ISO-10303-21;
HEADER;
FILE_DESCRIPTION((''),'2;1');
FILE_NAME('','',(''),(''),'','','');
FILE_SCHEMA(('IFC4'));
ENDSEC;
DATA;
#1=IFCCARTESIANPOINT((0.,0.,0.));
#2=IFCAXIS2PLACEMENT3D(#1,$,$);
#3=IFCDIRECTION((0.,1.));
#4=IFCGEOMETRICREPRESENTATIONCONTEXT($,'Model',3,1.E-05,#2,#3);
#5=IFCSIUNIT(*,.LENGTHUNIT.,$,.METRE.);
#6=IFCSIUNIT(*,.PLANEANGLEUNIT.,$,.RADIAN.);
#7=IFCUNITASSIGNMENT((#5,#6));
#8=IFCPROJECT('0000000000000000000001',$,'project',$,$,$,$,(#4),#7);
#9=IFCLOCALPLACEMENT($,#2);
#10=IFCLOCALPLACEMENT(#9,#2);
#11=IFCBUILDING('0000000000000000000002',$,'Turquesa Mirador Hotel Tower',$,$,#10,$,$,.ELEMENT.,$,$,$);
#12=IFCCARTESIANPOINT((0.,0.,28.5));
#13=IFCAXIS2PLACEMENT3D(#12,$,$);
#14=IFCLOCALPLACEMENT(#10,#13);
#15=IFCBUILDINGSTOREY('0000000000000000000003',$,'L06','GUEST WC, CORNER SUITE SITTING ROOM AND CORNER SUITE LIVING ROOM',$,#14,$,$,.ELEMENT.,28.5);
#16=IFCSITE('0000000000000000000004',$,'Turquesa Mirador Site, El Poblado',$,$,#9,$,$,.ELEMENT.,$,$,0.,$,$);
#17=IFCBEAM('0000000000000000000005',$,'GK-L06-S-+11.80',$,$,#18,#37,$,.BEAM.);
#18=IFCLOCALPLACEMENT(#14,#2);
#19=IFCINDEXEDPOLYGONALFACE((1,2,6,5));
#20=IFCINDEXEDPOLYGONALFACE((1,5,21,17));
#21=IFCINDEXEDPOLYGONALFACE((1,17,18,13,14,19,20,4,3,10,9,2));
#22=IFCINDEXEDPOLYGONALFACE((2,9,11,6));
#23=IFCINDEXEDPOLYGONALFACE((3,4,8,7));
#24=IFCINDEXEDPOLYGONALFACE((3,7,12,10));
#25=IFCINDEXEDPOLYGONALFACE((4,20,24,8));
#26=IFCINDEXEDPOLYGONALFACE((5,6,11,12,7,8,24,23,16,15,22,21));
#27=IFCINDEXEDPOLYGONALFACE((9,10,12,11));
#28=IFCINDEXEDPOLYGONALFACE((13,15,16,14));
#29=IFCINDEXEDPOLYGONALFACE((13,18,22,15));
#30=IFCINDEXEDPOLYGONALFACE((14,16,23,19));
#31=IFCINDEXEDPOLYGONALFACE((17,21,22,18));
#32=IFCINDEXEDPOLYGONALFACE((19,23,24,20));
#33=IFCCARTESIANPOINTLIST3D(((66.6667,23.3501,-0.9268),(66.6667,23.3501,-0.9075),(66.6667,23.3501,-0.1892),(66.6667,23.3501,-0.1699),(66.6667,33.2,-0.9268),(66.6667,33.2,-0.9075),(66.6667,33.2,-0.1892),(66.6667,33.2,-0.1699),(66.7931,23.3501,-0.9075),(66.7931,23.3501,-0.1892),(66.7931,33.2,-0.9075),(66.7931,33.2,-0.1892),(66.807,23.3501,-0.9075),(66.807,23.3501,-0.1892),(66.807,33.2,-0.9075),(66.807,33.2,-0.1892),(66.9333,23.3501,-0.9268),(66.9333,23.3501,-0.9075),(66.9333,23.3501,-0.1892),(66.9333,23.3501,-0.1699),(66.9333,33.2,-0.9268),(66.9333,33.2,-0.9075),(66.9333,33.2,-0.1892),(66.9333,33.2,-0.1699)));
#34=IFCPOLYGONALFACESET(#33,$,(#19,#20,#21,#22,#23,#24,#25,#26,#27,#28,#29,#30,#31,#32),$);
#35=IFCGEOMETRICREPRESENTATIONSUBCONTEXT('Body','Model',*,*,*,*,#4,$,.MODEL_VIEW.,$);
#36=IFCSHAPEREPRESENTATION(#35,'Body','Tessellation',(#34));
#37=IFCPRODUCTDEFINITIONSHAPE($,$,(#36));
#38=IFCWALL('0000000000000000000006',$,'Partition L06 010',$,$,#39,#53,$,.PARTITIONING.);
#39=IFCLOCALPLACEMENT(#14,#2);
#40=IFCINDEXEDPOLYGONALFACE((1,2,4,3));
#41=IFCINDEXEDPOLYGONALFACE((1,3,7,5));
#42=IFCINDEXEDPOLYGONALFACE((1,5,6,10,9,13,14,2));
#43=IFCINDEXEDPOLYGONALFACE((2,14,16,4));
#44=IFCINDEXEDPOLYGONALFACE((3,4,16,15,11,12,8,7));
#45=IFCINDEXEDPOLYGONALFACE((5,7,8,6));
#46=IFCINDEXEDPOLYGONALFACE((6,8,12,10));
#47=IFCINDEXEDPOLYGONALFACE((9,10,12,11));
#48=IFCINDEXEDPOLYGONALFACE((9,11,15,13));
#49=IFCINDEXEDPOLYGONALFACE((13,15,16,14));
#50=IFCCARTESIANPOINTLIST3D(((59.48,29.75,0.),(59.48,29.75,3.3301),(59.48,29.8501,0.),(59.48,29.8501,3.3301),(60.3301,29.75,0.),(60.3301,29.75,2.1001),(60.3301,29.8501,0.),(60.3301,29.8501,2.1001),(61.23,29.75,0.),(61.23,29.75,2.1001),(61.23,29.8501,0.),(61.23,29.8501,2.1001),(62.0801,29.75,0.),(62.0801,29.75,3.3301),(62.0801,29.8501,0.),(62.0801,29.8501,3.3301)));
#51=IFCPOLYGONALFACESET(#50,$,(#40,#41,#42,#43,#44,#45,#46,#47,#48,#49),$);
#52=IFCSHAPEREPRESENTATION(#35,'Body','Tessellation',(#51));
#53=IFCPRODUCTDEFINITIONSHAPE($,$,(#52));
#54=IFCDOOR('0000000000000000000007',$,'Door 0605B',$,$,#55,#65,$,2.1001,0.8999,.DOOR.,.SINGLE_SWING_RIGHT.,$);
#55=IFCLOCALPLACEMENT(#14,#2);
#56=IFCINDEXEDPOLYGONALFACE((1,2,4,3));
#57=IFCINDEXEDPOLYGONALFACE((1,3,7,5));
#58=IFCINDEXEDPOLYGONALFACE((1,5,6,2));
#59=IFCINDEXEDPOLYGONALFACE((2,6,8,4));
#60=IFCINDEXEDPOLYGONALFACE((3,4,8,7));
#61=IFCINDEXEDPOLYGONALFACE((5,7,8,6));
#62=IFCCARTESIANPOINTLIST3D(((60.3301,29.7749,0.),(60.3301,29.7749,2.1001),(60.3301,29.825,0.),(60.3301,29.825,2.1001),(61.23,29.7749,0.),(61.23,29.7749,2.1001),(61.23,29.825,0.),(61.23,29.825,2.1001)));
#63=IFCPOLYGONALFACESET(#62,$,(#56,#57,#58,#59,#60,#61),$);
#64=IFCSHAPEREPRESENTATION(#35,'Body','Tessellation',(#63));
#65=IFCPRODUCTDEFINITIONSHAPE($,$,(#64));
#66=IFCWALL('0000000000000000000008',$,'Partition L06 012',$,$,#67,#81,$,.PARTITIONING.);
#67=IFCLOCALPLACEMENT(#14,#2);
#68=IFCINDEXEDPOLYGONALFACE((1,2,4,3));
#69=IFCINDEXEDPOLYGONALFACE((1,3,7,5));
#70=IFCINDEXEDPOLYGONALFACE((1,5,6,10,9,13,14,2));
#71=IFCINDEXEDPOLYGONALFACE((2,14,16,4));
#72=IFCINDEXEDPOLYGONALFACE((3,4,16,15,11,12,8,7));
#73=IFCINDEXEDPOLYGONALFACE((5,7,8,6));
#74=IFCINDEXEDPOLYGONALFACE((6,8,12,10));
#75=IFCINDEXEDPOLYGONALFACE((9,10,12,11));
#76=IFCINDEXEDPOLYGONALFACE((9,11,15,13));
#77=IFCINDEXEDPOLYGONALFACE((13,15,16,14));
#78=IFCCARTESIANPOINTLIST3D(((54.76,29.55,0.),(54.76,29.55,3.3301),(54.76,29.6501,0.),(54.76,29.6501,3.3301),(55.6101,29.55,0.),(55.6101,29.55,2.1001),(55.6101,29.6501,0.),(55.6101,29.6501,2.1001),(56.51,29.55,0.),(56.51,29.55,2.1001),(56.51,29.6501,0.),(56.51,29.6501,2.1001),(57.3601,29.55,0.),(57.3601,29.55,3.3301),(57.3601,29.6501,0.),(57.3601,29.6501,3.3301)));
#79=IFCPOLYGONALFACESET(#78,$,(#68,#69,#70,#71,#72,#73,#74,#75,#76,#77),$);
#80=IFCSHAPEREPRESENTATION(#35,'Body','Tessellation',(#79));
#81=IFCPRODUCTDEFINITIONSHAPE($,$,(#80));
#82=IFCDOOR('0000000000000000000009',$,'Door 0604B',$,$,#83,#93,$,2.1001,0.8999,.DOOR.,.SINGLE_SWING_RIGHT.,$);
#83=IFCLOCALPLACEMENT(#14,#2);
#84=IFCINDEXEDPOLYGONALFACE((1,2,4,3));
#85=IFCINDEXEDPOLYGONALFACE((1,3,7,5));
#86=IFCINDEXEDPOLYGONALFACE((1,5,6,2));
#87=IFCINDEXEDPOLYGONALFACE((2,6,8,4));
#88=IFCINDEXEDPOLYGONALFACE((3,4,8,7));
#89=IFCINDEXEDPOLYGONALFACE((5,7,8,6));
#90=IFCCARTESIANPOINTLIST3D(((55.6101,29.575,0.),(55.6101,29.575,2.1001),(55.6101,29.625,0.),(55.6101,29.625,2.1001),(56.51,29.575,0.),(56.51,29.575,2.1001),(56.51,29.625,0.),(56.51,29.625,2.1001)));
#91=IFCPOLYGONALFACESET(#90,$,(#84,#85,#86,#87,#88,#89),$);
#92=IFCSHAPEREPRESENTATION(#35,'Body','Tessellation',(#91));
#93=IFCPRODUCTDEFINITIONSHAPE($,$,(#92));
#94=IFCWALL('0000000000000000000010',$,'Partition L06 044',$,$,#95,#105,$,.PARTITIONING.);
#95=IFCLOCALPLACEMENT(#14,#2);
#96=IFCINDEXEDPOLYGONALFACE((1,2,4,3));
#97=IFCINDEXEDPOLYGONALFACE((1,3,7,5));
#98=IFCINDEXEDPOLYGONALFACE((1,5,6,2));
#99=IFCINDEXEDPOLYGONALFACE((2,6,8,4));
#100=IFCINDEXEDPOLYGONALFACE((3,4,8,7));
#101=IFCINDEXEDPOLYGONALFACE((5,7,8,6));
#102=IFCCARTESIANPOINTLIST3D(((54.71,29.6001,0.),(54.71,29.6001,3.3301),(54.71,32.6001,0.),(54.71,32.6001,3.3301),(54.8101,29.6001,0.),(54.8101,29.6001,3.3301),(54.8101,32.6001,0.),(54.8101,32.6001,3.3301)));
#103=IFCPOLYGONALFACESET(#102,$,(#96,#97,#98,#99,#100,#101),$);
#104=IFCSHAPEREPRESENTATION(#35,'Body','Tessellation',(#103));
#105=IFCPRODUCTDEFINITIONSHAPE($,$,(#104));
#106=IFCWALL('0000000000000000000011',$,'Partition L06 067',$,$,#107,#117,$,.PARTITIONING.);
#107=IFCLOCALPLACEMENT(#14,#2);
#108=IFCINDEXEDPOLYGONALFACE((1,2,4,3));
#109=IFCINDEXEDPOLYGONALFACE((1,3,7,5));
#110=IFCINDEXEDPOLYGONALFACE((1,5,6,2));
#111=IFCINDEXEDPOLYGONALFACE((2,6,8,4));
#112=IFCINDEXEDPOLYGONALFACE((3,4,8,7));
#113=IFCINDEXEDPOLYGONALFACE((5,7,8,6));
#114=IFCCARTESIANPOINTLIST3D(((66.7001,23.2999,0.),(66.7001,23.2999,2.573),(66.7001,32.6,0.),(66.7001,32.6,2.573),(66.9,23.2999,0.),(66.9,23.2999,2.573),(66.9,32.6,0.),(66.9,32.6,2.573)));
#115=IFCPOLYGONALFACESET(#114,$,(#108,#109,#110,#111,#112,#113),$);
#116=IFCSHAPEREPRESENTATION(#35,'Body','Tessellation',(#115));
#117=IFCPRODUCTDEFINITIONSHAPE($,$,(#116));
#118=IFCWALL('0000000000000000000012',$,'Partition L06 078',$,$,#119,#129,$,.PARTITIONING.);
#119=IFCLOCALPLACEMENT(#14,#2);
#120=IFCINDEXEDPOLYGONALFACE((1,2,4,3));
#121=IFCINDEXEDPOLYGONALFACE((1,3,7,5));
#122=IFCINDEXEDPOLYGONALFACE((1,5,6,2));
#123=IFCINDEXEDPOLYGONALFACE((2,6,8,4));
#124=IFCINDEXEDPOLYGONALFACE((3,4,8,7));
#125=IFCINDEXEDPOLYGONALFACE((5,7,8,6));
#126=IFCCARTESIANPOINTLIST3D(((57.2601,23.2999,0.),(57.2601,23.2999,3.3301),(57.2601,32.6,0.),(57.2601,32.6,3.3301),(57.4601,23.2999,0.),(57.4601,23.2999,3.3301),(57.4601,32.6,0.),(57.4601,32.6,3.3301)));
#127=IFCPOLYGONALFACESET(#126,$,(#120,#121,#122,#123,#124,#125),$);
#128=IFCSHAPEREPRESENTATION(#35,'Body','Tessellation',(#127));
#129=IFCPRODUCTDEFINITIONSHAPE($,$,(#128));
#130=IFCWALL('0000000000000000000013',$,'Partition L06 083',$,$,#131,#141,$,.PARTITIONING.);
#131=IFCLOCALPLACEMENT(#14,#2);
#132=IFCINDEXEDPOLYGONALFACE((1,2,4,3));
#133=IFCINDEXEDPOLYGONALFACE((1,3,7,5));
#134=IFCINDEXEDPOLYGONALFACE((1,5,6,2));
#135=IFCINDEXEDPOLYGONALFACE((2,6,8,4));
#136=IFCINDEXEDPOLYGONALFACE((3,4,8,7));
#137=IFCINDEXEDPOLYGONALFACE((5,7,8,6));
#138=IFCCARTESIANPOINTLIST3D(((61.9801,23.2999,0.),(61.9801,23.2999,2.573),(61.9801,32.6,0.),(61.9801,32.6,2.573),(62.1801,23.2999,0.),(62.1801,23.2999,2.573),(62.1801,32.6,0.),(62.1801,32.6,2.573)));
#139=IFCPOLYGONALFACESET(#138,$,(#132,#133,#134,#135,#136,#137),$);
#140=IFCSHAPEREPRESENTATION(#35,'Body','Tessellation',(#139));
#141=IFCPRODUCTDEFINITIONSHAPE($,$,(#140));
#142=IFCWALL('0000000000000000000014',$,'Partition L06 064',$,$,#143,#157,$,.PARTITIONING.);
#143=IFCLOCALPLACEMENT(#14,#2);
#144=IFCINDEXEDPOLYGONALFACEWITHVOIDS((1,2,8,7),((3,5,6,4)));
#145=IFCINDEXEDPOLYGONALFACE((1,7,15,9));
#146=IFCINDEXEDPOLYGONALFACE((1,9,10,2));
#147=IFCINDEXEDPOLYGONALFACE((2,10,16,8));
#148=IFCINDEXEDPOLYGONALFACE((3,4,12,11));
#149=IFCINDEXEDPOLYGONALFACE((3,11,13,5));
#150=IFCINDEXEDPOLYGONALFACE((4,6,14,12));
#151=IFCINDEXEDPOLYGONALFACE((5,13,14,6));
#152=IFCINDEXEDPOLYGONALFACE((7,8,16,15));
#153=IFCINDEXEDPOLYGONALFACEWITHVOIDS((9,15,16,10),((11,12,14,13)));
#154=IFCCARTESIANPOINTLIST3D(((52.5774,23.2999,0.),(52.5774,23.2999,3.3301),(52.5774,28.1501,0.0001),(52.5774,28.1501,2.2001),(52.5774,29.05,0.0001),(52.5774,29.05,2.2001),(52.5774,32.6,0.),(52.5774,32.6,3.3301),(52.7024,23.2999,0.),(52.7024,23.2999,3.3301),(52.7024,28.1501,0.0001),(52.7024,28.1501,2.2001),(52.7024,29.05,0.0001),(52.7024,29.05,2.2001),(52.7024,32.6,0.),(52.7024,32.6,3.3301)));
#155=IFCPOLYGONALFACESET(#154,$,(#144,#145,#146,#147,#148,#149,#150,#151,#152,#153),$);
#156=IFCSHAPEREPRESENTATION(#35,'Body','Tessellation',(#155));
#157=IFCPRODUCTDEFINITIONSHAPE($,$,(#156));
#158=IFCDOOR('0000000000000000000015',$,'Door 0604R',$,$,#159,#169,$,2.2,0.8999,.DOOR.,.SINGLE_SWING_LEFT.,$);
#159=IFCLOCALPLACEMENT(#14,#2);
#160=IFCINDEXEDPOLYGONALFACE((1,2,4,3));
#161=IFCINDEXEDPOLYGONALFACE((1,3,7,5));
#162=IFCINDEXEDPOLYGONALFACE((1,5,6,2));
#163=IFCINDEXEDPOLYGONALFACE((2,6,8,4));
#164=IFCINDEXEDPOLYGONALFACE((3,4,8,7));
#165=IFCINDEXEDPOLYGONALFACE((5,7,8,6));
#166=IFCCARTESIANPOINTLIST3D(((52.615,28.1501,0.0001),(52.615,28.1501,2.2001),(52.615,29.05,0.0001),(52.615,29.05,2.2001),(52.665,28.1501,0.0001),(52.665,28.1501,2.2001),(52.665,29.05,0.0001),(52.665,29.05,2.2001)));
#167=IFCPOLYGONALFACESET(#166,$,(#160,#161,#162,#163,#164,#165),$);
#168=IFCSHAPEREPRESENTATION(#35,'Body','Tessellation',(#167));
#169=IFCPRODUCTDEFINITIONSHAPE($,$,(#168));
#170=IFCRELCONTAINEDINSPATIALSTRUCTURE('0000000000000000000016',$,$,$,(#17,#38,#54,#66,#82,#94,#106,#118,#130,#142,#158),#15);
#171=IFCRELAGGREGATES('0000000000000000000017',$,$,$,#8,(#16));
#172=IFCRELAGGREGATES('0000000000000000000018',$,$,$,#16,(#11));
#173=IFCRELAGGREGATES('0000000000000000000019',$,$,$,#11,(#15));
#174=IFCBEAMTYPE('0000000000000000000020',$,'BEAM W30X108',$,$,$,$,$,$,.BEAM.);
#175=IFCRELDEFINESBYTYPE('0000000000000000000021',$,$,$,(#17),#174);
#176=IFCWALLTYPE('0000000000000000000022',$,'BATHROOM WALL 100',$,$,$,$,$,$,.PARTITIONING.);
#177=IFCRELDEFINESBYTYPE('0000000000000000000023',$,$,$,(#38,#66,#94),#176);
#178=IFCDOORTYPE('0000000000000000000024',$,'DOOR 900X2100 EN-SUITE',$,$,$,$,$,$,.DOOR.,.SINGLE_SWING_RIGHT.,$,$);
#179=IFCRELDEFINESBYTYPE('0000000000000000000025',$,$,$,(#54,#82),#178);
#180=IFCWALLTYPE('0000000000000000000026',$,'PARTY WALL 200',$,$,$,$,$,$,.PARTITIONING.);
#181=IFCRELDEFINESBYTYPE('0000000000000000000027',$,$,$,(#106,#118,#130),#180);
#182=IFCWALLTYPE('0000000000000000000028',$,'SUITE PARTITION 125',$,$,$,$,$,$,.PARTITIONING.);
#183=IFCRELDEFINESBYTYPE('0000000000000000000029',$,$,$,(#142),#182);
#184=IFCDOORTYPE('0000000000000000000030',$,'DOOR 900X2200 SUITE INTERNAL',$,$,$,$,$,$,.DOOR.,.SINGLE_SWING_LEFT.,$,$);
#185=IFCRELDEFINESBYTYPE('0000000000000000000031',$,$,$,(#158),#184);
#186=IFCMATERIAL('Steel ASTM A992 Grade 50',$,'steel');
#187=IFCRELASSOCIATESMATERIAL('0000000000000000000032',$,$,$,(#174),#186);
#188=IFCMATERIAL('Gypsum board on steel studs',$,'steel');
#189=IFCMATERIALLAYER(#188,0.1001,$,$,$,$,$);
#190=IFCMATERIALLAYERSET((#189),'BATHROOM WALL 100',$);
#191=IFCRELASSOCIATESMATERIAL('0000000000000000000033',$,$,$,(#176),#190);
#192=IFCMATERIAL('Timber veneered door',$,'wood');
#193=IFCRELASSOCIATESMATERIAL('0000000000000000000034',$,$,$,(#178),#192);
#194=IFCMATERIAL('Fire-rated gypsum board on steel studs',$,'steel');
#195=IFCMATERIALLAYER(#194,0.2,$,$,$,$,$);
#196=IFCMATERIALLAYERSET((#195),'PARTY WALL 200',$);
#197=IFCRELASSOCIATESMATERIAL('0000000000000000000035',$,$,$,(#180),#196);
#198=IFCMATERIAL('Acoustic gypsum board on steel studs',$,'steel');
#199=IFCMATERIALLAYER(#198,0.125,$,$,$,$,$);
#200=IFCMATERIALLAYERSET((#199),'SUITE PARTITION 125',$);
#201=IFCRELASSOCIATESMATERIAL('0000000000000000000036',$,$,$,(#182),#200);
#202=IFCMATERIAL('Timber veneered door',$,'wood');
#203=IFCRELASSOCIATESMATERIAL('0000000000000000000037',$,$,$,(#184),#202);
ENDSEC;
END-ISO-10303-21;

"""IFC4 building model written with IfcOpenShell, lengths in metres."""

from ifc_helpers import new_model, si_unit, direction, frame, frame_2d, origin, origin_2d, place, context, subcontext, project, spatial, rectangle, i_section, extrude, material, layer, layer_set, material_profile, profile_set, type_object, element, fill, save


model = new_model("IFC4")

# Units and contexts
model_context = context("Model", 3, precision=1e-05, world=origin(), true_north=direction((0.0, 1.0)))
body_context = subcontext(model_context, "Body", "Model", "MODEL_VIEW")
ifc_project = project(units=[si_unit("LENGTHUNIT", "METRE"), si_unit("PLANEANGLEUNIT", "RADIAN")], contexts=[model_context])

# Site, building, storey
site_placement = place(None, origin())
site = spatial("IfcSite", under=ifc_project, at=site_placement, Name="Turquesa Mirador Site, El Poblado", CompositionType="ELEMENT", RefElevation=0.0)
building_placement = place(site_placement, origin())
building = spatial("IfcBuilding", under=site, at=building_placement, Name="Turquesa Mirador Hotel Tower", CompositionType="ELEMENT")
storey_placement = place(building_placement, frame((0.0, 0.0, 28.5)))
storey = spatial("IfcBuildingStorey", under=building, at=storey_placement, Name="L06", Description="GUEST WC, CORNER SUITE SITTING ROOM AND CORNER SUITE LIVING ROOM", CompositionType="ELEMENT", Elevation=28.5)

# Beam
ifc_material_1 = material(Name="Steel ASTM A992 Grade 50", Category="steel")
ifc_material_profile_1 = material_profile(ifc_material_1, i_section(OverallWidth=0.2666, OverallDepth=0.7568, WebThickness=0.0139, FlangeThickness=0.0193, at=origin_2d()), Name="W30X108")
ifc_profile_set_1 = profile_set([ifc_material_profile_1], Name="Steel ASTM A992 Grade 50")
beam_type_1 = type_object("IfcBeamType", Name="BEAM W30X108", PredefinedType="BEAM", material=ifc_profile_set_1)
beam_1_placement = place(storey_placement, frame((66.8, 23.3501, -0.5483), z_axis=(0.0, 1.0, 0.0), x_axis=(-1.0, 0.0, 0.0)))
element("IfcBeam", 1, at=beam_1_placement, inside=storey, type_object=beam_type_1, Name="GK-L06-S-+11.80", PredefinedType="BEAM", context=body_context, shape_type="SweptSolid", body=[
    extrude(i_section(OverallWidth=0.2666, OverallDepth=0.7568, WebThickness=0.0139, FlangeThickness=0.0193, at=origin_2d()), origin(), (0.0, 0.0, 1.0), 9.8499),
])

# Walls, openings, doors
ifc_material_2 = material(Name="Gypsum board on steel studs", Category="steel")
ifc_layer_1 = layer(ifc_material_2, 0.1001)
ifc_layer_set_1 = layer_set([ifc_layer_1], Name="BATHROOM WALL 100")
wall_type_1 = type_object("IfcWallType", Name="BATHROOM WALL 100", PredefinedType="PARTITIONING", material=ifc_layer_set_1)
wall_1_placement = place(storey_placement, frame((59.48, 29.8, 0.0), z_axis=(0.0, 0.0, 1.0), x_axis=(1.0, 0.0, 0.0)))
wall_1 = element("IfcWall", 2, at=wall_1_placement, inside=storey, type_object=wall_type_1, Name="Partition L06 010", PredefinedType="PARTITIONING", context=body_context, shape_type="SweptSolid", body=[
    extrude(rectangle(XDim=2.6001, YDim=0.1001, at=frame_2d((1.3, 0.0))), origin(), (0.0, 0.0, 1.0), 3.3301),
])
opening_1_placement = place(wall_1_placement, frame((0.8501, 0.0, 0.0)))
opening_1 = element("IfcOpeningElement", 3, at=opening_1_placement, cuts=wall_1, PredefinedType="OPENING", context=body_context, shape_type="SweptSolid", body=[
    extrude(rectangle(XDim=0.8999, YDim=2.1001, at=frame_2d((0.45, 1.05))), frame((0.0, 0.0601, 0.0), z_axis=(0.0, -1.0, 0.0), x_axis=(1.0, 0.0, 0.0)), (0.0, 0.0, 1.0), 0.1201),
])
ifc_material_3 = material(Name="Timber veneered door", Category="wood")
door_type_1 = type_object("IfcDoorType", Name="DOOR 900X2100 EN-SUITE", OperationType="SINGLE_SWING_RIGHT", PredefinedType="DOOR", material=ifc_material_3)
door_1_placement = place(opening_1_placement, origin())
door_1 = element("IfcDoor", 4, at=door_1_placement, inside=storey, type_object=door_type_1, Name="Door 0605B", OperationType="SINGLE_SWING_RIGHT", OverallHeight=2.1001, OverallWidth=0.8999, PredefinedType="DOOR", context=body_context, shape_type="SweptSolid", body=[
    extrude(rectangle(XDim=0.8999, YDim=2.1001, at=frame_2d((0.45, 1.05))), frame((0.0, 0.0249, 0.0), z_axis=(0.0, -1.0, 0.0), x_axis=(1.0, 0.0, 0.0)), (0.0, 0.0, 1.0), 0.05),
])
fill(opening_1, door_1)
wall_2_placement = place(storey_placement, frame((54.76, 29.6001, 0.0), z_axis=(0.0, 0.0, 1.0), x_axis=(1.0, 0.0, 0.0)))
wall_2 = element("IfcWall", 5, at=wall_2_placement, inside=storey, type_object=wall_type_1, Name="Partition L06 012", PredefinedType="PARTITIONING", context=body_context, shape_type="SweptSolid", body=[
    extrude(rectangle(XDim=2.6001, YDim=0.1001, at=frame_2d((1.3, 0.0))), origin(), (0.0, 0.0, 1.0), 3.3301),
])
opening_2_placement = place(wall_2_placement, frame((0.8501, 0.0, 0.0)))
opening_2 = element("IfcOpeningElement", 6, at=opening_2_placement, cuts=wall_2, PredefinedType="OPENING", context=body_context, shape_type="SweptSolid", body=[
    extrude(rectangle(XDim=0.8999, YDim=2.1001, at=frame_2d((0.45, 1.05))), frame((0.0, 0.0601, 0.0), z_axis=(0.0, -1.0, 0.0), x_axis=(1.0, 0.0, 0.0)), (0.0, 0.0, 1.0), 0.1201),
])
door_2_placement = place(opening_2_placement, origin())
door_2 = element("IfcDoor", 7, at=door_2_placement, inside=storey, type_object=door_type_1, Name="Door 0604B", OperationType="SINGLE_SWING_RIGHT", OverallHeight=2.1001, OverallWidth=0.8999, PredefinedType="DOOR", context=body_context, shape_type="SweptSolid", body=[
    extrude(rectangle(XDim=0.8999, YDim=2.1001, at=frame_2d((0.45, 1.05))), frame((0.0, 0.0249, 0.0), z_axis=(0.0, -1.0, 0.0), x_axis=(1.0, 0.0, 0.0)), (0.0, 0.0, 1.0), 0.05),
])
fill(opening_2, door_2)

# Walls
wall_3_placement = place(storey_placement, frame((54.76, 29.6001, 0.0), z_axis=(0.0, 0.0, 1.0), x_axis=(0.0, 1.0, 0.0)))
element("IfcWall", 8, at=wall_3_placement, inside=storey, type_object=wall_type_1, Name="Partition L06 044", PredefinedType="PARTITIONING", context=body_context, shape_type="SweptSolid", body=[
    extrude(rectangle(XDim=3.0, YDim=0.1001, at=frame_2d((1.5, 0.0))), origin(), (0.0, 0.0, 1.0), 3.3301),
])
ifc_material_4 = material(Name="Fire-rated gypsum board on steel studs", Category="steel")
ifc_layer_2 = layer(ifc_material_4, 0.2)
ifc_layer_set_2 = layer_set([ifc_layer_2], Name="PARTY WALL 200")
wall_type_2 = type_object("IfcWallType", Name="PARTY WALL 200", PredefinedType="PARTITIONING", material=ifc_layer_set_2)
wall_4_placement = place(storey_placement, frame((66.8, 23.3, 0.0), z_axis=(0.0, 0.0, 1.0), x_axis=(0.0, 1.0, 0.0)))
element("IfcWall", 9, at=wall_4_placement, inside=storey, type_object=wall_type_2, Name="Partition L06 067", PredefinedType="PARTITIONING", context=body_context, shape_type="SweptSolid", body=[
    extrude(rectangle(XDim=9.3, YDim=0.2, at=frame_2d((4.6499, 0.0))), origin(), (0.0, 0.0, 1.0), 2.573),
])
wall_5_placement = place(storey_placement, frame((57.3601, 23.3, 0.0), z_axis=(0.0, 0.0, 1.0), x_axis=(0.0, 1.0, 0.0)))
element("IfcWall", 10, at=wall_5_placement, inside=storey, type_object=wall_type_2, Name="Partition L06 078", PredefinedType="PARTITIONING", context=body_context, shape_type="SweptSolid", body=[
    extrude(rectangle(XDim=9.3, YDim=0.2, at=frame_2d((4.6499, 0.0))), origin(), (0.0, 0.0, 1.0), 3.3301),
])
wall_6_placement = place(storey_placement, frame((62.0801, 23.3, 0.0), z_axis=(0.0, 0.0, 1.0), x_axis=(0.0, 1.0, 0.0)))
element("IfcWall", 11, at=wall_6_placement, inside=storey, type_object=wall_type_2, Name="Partition L06 083", PredefinedType="PARTITIONING", context=body_context, shape_type="SweptSolid", body=[
    extrude(rectangle(XDim=9.3, YDim=0.2, at=frame_2d((4.6499, 0.0))), origin(), (0.0, 0.0, 1.0), 2.573),
])

# Wall, opening, door
ifc_material_5 = material(Name="Acoustic gypsum board on steel studs", Category="steel")
ifc_layer_3 = layer(ifc_material_5, 0.125)
ifc_layer_set_3 = layer_set([ifc_layer_3], Name="SUITE PARTITION 125")
wall_type_3 = type_object("IfcWallType", Name="SUITE PARTITION 125", PredefinedType="PARTITIONING", material=ifc_layer_set_3)
wall_7_placement = place(storey_placement, frame((52.6399, 23.3, 0.0), z_axis=(0.0, 0.0, 1.0), x_axis=(0.0, 1.0, 0.0)))
wall_7 = element("IfcWall", 12, at=wall_7_placement, inside=storey, type_object=wall_type_3, Name="Partition L06 064", PredefinedType="PARTITIONING", context=body_context, shape_type="SweptSolid", body=[
    extrude(rectangle(XDim=9.3, YDim=0.125, at=frame_2d((4.6499, 0.0))), origin(), (0.0, 0.0, 1.0), 3.3301),
])
opening_3_placement = place(wall_7_placement, frame((4.8501, 0.0, 0.0)))
opening_3 = element("IfcOpeningElement", 13, at=opening_3_placement, cuts=wall_7, PredefinedType="OPENING", context=body_context, shape_type="SweptSolid", body=[
    extrude(rectangle(XDim=0.8999, YDim=2.2, at=frame_2d((0.45, 1.1001))), frame((0.0, 0.0725, 0.0), z_axis=(0.0, -1.0, 0.0), x_axis=(1.0, 0.0, 0.0)), (0.0, 0.0, 1.0), 0.145),
])
ifc_material_6 = material(Name="Timber veneered door", Category="wood")
door_type_2 = type_object("IfcDoorType", Name="DOOR 900X2200 SUITE INTERNAL", OperationType="SINGLE_SWING_LEFT", PredefinedType="DOOR", material=ifc_material_6)
door_3_placement = place(opening_3_placement, origin())
door_3 = element("IfcDoor", 14, at=door_3_placement, inside=storey, type_object=door_type_2, Name="Door 0604R", OperationType="SINGLE_SWING_LEFT", OverallHeight=2.2, OverallWidth=0.8999, PredefinedType="DOOR", context=body_context, shape_type="SweptSolid", body=[
    extrude(rectangle(XDim=0.8999, YDim=2.2, at=frame_2d((0.45, 1.1001))), frame((0.0, 0.0249, 0.0), z_axis=(0.0, -1.0, 0.0), x_axis=(1.0, 0.0, 0.0)), (0.0, 0.0, 1.0), 0.05),
])
fill(opening_3, door_3)

save(model, "model.ifc")
